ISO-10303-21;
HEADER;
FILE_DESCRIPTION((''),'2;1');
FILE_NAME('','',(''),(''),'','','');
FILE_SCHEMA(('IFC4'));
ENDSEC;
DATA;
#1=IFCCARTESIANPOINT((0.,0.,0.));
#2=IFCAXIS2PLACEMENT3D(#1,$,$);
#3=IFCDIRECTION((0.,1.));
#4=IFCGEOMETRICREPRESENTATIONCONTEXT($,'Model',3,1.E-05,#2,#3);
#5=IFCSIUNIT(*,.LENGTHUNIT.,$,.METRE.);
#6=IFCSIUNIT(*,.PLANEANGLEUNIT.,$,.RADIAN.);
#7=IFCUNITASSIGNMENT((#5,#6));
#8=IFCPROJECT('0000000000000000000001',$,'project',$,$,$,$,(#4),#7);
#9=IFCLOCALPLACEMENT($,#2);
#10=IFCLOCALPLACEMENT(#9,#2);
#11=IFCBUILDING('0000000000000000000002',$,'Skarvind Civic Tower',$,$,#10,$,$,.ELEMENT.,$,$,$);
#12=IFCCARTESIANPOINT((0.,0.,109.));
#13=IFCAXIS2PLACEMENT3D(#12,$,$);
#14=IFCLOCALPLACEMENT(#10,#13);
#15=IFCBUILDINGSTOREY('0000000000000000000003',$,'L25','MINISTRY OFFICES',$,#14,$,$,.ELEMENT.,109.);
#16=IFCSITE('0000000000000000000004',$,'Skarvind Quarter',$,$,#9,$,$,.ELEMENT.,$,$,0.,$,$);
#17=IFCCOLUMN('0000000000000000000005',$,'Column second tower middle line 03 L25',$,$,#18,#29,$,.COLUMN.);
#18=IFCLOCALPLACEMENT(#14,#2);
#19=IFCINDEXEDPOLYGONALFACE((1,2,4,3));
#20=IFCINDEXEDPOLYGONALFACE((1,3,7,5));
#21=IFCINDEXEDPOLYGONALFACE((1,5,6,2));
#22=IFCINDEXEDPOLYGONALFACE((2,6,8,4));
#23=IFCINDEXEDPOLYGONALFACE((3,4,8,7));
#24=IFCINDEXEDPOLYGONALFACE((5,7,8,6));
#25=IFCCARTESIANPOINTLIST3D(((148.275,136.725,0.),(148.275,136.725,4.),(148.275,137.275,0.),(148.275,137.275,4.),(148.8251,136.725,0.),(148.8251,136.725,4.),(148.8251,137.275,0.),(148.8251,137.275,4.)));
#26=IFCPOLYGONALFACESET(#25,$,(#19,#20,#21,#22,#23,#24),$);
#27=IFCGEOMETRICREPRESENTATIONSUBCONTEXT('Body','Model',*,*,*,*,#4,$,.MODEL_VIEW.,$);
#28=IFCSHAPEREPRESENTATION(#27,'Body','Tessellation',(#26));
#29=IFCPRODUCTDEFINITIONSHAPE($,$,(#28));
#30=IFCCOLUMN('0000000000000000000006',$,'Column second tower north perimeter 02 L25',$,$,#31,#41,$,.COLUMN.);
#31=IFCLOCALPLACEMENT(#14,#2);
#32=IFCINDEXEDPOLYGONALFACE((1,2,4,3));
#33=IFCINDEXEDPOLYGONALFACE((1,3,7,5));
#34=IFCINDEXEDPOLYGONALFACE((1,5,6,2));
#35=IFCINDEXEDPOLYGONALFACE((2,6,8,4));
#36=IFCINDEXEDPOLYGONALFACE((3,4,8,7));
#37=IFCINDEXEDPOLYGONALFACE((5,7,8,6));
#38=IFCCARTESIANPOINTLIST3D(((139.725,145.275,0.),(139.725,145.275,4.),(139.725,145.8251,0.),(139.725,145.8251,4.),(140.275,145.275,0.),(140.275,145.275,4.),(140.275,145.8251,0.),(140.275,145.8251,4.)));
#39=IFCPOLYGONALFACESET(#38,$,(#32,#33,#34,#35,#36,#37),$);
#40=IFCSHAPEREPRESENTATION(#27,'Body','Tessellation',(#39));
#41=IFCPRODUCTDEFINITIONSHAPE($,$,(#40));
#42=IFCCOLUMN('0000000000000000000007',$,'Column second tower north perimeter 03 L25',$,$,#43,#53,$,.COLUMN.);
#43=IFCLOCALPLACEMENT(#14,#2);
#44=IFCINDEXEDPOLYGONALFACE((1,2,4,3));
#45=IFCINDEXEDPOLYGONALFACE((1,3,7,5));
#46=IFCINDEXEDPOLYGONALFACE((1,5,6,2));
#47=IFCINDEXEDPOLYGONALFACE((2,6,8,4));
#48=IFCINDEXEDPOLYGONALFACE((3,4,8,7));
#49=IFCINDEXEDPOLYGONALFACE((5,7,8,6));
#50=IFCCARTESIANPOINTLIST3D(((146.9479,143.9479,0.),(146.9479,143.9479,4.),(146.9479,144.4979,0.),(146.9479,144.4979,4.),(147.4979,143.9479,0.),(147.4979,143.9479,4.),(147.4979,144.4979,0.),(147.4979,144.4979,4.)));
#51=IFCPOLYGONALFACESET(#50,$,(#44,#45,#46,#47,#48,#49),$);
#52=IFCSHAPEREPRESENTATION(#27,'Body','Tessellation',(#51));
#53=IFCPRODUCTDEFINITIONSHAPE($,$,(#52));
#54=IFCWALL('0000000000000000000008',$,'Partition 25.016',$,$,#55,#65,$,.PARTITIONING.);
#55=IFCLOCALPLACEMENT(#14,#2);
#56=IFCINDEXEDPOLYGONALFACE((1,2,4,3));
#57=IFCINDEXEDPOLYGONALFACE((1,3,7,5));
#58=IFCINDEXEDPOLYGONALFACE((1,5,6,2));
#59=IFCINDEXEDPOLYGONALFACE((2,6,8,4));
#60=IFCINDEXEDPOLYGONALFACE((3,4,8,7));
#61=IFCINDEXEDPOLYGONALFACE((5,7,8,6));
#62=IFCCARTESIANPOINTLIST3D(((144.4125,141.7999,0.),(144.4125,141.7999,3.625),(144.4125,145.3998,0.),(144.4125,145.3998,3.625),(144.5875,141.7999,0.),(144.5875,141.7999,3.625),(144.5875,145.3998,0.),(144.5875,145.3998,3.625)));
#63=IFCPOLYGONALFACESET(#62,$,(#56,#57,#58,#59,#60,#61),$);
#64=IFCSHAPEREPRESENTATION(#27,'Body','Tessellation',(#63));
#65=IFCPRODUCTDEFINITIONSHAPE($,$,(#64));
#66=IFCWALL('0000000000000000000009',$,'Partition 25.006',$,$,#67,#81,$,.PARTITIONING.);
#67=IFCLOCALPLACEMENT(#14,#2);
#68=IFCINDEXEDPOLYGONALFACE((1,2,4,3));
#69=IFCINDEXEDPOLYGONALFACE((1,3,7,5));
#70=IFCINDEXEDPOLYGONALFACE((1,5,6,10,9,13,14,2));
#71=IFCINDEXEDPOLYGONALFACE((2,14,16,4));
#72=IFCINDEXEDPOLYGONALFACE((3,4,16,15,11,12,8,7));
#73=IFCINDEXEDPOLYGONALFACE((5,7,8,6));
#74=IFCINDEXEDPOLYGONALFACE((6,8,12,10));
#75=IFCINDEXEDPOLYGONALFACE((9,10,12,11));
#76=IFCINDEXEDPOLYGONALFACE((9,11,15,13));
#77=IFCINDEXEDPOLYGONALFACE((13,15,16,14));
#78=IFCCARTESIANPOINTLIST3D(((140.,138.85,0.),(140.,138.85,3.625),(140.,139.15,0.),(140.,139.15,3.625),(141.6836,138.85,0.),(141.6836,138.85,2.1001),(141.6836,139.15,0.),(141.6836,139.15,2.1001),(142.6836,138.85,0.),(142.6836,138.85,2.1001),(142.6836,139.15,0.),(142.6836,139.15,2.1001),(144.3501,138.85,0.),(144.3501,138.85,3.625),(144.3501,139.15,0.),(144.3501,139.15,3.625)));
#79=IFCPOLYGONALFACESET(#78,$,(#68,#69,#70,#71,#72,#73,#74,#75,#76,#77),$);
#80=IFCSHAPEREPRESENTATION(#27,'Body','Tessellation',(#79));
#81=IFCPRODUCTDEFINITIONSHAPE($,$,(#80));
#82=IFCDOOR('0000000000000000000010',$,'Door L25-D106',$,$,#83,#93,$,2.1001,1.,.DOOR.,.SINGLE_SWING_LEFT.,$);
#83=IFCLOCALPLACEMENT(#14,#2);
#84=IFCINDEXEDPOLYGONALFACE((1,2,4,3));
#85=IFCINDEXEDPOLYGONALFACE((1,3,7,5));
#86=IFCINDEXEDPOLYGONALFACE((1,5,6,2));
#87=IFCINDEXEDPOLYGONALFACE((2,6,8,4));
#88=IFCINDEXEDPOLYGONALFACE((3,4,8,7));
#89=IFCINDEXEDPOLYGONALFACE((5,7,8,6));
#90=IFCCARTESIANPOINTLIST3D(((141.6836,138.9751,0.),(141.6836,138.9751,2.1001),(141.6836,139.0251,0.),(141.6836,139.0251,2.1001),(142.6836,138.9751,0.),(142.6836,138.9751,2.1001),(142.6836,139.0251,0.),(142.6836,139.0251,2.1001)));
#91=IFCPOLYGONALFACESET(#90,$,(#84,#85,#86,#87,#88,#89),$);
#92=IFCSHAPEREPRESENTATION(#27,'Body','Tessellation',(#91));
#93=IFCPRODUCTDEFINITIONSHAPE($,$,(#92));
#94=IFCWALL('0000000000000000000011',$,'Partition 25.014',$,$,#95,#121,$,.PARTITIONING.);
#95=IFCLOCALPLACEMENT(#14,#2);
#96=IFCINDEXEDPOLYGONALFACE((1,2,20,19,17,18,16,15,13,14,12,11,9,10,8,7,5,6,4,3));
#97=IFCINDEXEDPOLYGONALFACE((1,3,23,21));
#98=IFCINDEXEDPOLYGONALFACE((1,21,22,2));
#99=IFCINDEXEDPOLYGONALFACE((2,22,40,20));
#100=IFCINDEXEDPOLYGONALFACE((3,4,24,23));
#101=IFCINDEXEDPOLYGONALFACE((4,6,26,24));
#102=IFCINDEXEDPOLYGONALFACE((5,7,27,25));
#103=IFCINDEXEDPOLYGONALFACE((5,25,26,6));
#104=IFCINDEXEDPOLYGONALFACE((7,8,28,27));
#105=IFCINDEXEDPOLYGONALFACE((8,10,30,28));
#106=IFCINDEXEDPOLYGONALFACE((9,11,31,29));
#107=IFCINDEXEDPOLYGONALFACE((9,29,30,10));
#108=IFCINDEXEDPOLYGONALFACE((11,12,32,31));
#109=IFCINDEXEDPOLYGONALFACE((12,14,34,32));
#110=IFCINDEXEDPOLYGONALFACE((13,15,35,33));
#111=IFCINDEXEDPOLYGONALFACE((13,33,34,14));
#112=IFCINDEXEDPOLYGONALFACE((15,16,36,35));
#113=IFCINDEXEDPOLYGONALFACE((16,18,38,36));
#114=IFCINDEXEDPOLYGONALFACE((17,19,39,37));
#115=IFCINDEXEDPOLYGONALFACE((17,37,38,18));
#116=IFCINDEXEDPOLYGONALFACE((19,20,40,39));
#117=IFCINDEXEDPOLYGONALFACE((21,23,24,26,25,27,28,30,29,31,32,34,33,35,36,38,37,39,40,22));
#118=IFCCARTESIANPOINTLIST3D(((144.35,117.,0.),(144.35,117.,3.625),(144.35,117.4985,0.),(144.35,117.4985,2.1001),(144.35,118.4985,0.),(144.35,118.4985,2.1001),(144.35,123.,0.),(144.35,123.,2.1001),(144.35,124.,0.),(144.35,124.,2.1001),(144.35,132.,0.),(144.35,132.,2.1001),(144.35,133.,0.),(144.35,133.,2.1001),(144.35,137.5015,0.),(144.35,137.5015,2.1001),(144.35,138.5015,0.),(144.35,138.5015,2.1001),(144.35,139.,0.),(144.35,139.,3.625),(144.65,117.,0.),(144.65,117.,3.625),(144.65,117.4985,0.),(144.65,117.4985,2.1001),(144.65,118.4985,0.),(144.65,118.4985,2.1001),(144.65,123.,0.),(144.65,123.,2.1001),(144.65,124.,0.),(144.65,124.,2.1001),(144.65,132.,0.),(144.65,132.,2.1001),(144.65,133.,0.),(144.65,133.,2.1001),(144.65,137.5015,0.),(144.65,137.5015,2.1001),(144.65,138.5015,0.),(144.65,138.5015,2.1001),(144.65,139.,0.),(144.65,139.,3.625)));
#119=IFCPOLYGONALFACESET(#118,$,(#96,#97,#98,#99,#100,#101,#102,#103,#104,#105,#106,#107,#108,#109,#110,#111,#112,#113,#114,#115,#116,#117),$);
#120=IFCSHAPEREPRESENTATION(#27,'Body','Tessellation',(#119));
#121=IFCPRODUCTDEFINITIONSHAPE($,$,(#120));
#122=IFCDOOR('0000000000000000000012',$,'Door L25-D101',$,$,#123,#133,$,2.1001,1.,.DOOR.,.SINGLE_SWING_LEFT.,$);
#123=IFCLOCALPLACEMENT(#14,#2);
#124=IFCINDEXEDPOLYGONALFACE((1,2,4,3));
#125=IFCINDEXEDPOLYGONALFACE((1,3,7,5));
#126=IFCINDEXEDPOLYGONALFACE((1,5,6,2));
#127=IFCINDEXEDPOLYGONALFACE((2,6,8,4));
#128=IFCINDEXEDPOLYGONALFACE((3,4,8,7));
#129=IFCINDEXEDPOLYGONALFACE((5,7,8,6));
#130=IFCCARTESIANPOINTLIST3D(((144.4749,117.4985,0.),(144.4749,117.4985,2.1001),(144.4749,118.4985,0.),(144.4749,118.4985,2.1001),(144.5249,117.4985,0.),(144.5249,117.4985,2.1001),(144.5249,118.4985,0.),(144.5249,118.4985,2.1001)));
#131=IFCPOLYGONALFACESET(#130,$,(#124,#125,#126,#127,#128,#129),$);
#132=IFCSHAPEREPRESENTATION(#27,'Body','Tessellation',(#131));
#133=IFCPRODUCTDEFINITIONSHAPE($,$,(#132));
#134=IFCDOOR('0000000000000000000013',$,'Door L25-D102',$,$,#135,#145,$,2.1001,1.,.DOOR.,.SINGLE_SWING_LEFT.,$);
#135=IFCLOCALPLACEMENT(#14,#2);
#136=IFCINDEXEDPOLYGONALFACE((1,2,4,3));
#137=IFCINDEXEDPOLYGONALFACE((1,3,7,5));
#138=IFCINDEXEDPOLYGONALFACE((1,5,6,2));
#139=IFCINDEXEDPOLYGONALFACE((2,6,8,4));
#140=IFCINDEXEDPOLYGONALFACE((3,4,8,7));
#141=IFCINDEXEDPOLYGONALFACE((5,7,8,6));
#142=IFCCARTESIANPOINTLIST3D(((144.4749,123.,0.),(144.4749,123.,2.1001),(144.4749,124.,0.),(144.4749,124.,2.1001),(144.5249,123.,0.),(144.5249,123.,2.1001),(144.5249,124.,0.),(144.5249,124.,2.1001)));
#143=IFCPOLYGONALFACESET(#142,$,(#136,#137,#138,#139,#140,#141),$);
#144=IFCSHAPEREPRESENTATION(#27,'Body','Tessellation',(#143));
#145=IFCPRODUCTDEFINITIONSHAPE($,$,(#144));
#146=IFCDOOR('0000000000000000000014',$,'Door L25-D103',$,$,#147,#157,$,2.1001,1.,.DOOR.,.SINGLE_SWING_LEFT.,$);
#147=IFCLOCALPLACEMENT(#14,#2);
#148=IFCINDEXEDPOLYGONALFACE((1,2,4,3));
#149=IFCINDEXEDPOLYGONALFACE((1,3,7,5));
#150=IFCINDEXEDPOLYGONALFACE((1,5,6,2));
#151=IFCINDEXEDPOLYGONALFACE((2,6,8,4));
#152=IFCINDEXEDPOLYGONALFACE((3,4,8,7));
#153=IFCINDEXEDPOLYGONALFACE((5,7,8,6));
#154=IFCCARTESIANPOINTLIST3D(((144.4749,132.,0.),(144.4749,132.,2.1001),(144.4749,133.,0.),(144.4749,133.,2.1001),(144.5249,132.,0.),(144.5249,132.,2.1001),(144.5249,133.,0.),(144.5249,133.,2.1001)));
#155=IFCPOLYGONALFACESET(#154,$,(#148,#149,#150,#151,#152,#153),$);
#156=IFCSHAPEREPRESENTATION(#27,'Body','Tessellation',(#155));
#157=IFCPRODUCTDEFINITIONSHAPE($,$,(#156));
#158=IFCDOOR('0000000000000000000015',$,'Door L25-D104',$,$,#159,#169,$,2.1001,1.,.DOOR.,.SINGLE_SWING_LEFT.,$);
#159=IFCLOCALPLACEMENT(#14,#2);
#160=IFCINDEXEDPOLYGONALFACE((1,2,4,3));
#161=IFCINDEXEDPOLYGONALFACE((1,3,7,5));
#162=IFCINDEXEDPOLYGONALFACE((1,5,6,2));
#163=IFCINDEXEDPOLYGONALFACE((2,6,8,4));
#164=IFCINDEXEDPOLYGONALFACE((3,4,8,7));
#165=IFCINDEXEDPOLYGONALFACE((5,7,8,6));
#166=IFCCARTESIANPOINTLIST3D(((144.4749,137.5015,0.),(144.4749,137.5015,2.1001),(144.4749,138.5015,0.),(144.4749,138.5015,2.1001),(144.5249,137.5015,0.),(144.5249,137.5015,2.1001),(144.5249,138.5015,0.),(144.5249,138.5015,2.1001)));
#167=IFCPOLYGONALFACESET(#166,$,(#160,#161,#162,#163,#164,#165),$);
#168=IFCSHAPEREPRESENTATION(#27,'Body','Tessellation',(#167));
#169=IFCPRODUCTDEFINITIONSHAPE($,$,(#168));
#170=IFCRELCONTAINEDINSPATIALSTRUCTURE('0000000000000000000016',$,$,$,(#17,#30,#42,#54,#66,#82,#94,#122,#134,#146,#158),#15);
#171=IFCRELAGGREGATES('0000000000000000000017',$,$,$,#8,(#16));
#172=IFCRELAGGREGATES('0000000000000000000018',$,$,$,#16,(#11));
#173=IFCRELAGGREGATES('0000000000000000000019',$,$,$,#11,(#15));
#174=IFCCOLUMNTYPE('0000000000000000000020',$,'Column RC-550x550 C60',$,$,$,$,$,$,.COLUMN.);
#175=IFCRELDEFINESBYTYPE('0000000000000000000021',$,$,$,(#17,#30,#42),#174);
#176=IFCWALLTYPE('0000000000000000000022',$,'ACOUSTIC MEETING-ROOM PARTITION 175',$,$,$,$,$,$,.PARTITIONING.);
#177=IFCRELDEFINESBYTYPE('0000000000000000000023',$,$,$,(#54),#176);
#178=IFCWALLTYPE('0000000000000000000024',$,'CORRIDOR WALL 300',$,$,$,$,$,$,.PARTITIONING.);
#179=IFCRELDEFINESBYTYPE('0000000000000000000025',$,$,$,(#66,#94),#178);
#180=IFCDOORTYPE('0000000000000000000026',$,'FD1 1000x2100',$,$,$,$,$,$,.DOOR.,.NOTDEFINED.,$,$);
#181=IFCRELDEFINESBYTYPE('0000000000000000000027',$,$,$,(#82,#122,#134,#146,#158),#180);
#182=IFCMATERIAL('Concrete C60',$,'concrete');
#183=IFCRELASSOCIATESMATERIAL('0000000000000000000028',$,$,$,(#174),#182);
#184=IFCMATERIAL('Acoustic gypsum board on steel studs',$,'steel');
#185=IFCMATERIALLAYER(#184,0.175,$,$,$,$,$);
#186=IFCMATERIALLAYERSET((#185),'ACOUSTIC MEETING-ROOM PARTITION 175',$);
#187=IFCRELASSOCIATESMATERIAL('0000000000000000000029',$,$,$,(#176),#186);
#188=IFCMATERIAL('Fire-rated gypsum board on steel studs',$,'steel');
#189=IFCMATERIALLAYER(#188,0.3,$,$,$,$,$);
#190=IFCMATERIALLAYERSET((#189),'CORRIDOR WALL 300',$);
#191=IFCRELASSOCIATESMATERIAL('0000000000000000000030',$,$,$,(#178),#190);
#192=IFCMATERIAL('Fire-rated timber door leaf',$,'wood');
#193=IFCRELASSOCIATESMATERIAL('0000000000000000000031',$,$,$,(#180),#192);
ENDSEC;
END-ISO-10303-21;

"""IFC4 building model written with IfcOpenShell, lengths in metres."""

from ifc_helpers import new_model, si_unit, direction, frame, frame_2d, origin, origin_2d, place, context, subcontext, project, spatial, rectangle, extrude, material, layer, layer_set, material_profile, profile_set, type_object, element, fill, save


model = new_model("IFC4")

# Units and contexts
model_context = context("Model", 3, precision=1e-05, world=origin(), true_north=direction((0.0, 1.0)))
body_context = subcontext(model_context, "Body", "Model", "MODEL_VIEW")
ifc_project = project(units=[si_unit("LENGTHUNIT", "METRE"), si_unit("PLANEANGLEUNIT", "RADIAN")], contexts=[model_context])

# Site, building, storey
site_placement = place(None, origin())
site = spatial("IfcSite", under=ifc_project, at=site_placement, Name="Skarvind Quarter", CompositionType="ELEMENT", RefElevation=0.0)
building_placement = place(site_placement, origin())
building = spatial("IfcBuilding", under=site, at=building_placement, Name="Skarvind Civic Tower", CompositionType="ELEMENT")
storey_placement = place(building_placement, frame((0.0, 0.0, 109.0)))
storey = spatial("IfcBuildingStorey", under=building, at=storey_placement, Name="L25", Description="MINISTRY OFFICES", CompositionType="ELEMENT", Elevation=109.0)

# Columns
ifc_material_1 = material(Name="Concrete C60", Category="concrete")
ifc_material_profile = material_profile(ifc_material_1, rectangle(XDim=0.55, YDim=0.55, at=origin_2d()), Name="RC-550x550")
ifc_profile_set = profile_set([ifc_material_profile], Name="Concrete C60")
column_type = type_object("IfcColumnType", Name="Column RC-550x550 C60", PredefinedType="COLUMN", material=ifc_profile_set)
for number, where, z_axis, x_axis, name in (
    (1, (148.55, 137.0, 0.0), (0.0, 0.0, 1.0), (1.0, 0.0, 0.0), "Column second tower middle line 03 L25"),
    (2, (140.0, 145.55, 0.0), (0.0, 0.0, 1.0), (1.0, 0.0, 0.0), "Column second tower north perimeter 02 L25"),
    (3, (147.2229, 144.2229, 0.0), (0.0, 0.0, 1.0), (1.0, 0.0, 0.0), "Column second tower north perimeter 03 L25"),
):
    element("IfcColumn", number, at=place(storey_placement, frame(where, z_axis=z_axis, x_axis=x_axis)), inside=storey, type_object=column_type, Name=name, PredefinedType="COLUMN", context=body_context, shape_type="SweptSolid", body=[
        extrude(rectangle(XDim=0.55, YDim=0.55, at=origin_2d()), origin(), (0.0, 0.0, 1.0), 4.0),
    ])

# Wall
ifc_material_2 = material(Name="Acoustic gypsum board on steel studs", Category="steel")
ifc_layer_1 = layer(ifc_material_2, 0.175)
ifc_layer_set_1 = layer_set([ifc_layer_1], Name="ACOUSTIC MEETING-ROOM PARTITION 175")
wall_type_1 = type_object("IfcWallType", Name="ACOUSTIC MEETING-ROOM PARTITION 175", PredefinedType="PARTITIONING", material=ifc_layer_set_1)
wall_1_placement = place(storey_placement, frame((144.5, 141.8, 0.0), z_axis=(0.0, 0.0, 1.0), x_axis=(0.0, 1.0, 0.0)))
element("IfcWall", 4, at=wall_1_placement, inside=storey, type_object=wall_type_1, Name="Partition 25.016", PredefinedType="PARTITIONING", context=body_context, shape_type="SweptSolid", body=[
    extrude(rectangle(XDim=3.5999, YDim=0.175, at=frame_2d((1.7998, 0.0))), origin(), (0.0, 0.0, 1.0), 3.625),
])

# Wall, opening, door
ifc_material_3 = material(Name="Fire-rated gypsum board on steel studs", Category="steel")
ifc_layer_2 = layer(ifc_material_3, 0.3)
ifc_layer_set_2 = layer_set([ifc_layer_2], Name="CORRIDOR WALL 300")
wall_type_2 = type_object("IfcWallType", Name="CORRIDOR WALL 300", PredefinedType="PARTITIONING", material=ifc_layer_set_2)
wall_2_placement = place(storey_placement, frame((144.3501, 139.0, 0.0), z_axis=(0.0, 0.0, 1.0), x_axis=(-1.0, 0.0, 0.0)))
wall_2 = element("IfcWall", 5, at=wall_2_placement, inside=storey, type_object=wall_type_2, Name="Partition 25.006", PredefinedType="PARTITIONING", context=body_context, shape_type="SweptSolid", body=[
    extrude(rectangle(XDim=4.3501, YDim=0.3, at=frame_2d((2.175, 0.0))), origin(), (0.0, 0.0, 1.0), 3.625),
])
opening_1_placement = place(wall_2_placement, frame((1.6665, 0.0, 0.0)))
opening_1 = element("IfcOpeningElement", 6, at=opening_1_placement, cuts=wall_2, PredefinedType="OPENING", context=body_context, shape_type="SweptSolid", body=[
    extrude(rectangle(XDim=1.0, YDim=2.1001, at=frame_2d((0.5, 1.05))), frame((0.0, 0.1599, 0.0), z_axis=(0.0, -1.0, 0.0), x_axis=(1.0, 0.0, 0.0)), (0.0, 0.0, 1.0), 0.3201),
])
ifc_material_4 = material(Name="Fire-rated timber door leaf", Category="wood")
door_type = type_object("IfcDoorType", Name="FD1 1000x2100", OperationType="NOTDEFINED", PredefinedType="DOOR", material=ifc_material_4)
door_1_placement = place(opening_1_placement, origin())
door_1 = element("IfcDoor", 7, at=door_1_placement, inside=storey, type_object=door_type, Name="Door L25-D106", OperationType="SINGLE_SWING_LEFT", OverallHeight=2.1001, OverallWidth=1.0, PredefinedType="DOOR", context=body_context, shape_type="SweptSolid", body=[
    extrude(rectangle(XDim=1.0, YDim=2.1001, at=frame_2d((0.5, 1.05))), frame((0.0, 0.0249, 0.0), z_axis=(0.0, -1.0, 0.0), x_axis=(1.0, 0.0, 0.0)), (0.0, 0.0, 1.0), 0.05),
])
fill(opening_1, door_1)

# Wall, openings, doors
wall_3_placement = place(storey_placement, frame((144.5, 139.0, 0.0), z_axis=(0.0, 0.0, 1.0), x_axis=(0.0, -1.0, 0.0)))
wall_3 = element("IfcWall", 8, at=wall_3_placement, inside=storey, type_object=wall_type_2, Name="Partition 25.014", PredefinedType="PARTITIONING", context=body_context, shape_type="SweptSolid", body=[
    extrude(rectangle(XDim=22.0, YDim=0.3, at=frame_2d((11.0, 0.0))), origin(), (0.0, 0.0, 1.0), 3.625),
])
opening_2_placement = place(wall_3_placement, frame((20.5015, 0.0, 0.0)))
opening_2 = element("IfcOpeningElement", 9, at=opening_2_placement, cuts=wall_3, PredefinedType="OPENING", context=body_context, shape_type="SweptSolid", body=[
    extrude(rectangle(XDim=1.0, YDim=2.1001, at=frame_2d((0.5, 1.05))), frame((0.0, 0.1599, 0.0), z_axis=(0.0, -1.0, 0.0), x_axis=(1.0, 0.0, 0.0)), (0.0, 0.0, 1.0), 0.3201),
])
opening_3_placement = place(wall_3_placement, frame((15.0, 0.0, 0.0)))
opening_3 = element("IfcOpeningElement", 10, at=opening_3_placement, cuts=wall_3, PredefinedType="OPENING", context=body_context, shape_type="SweptSolid", body=[
    extrude(rectangle(XDim=1.0, YDim=2.1001, at=frame_2d((0.5, 1.05))), frame((0.0, 0.1599, 0.0), z_axis=(0.0, -1.0, 0.0), x_axis=(1.0, 0.0, 0.0)), (0.0, 0.0, 1.0), 0.3201),
])
opening_4_placement = place(wall_3_placement, frame((6.0, 0.0, 0.0)))
opening_4 = element("IfcOpeningElement", 11, at=opening_4_placement, cuts=wall_3, PredefinedType="OPENING", context=body_context, shape_type="SweptSolid", body=[
    extrude(rectangle(XDim=1.0, YDim=2.1001, at=frame_2d((0.5, 1.05))), frame((0.0, 0.1599, 0.0), z_axis=(0.0, -1.0, 0.0), x_axis=(1.0, 0.0, 0.0)), (0.0, 0.0, 1.0), 0.3201),
])
opening_5_placement = place(wall_3_placement, frame((0.4985, 0.0, 0.0)))
opening_5 = element("IfcOpeningElement", 12, at=opening_5_placement, cuts=wall_3, PredefinedType="OPENING", context=body_context, shape_type="SweptSolid", body=[
    extrude(rectangle(XDim=1.0, YDim=2.1001, at=frame_2d((0.5, 1.05))), frame((0.0, 0.1599, 0.0), z_axis=(0.0, -1.0, 0.0), x_axis=(1.0, 0.0, 0.0)), (0.0, 0.0, 1.0), 0.3201),
])
door_2_placement = place(opening_2_placement, origin())
door_2 = element("IfcDoor", 13, at=door_2_placement, inside=storey, type_object=door_type, Name="Door L25-D101", OperationType="SINGLE_SWING_LEFT", OverallHeight=2.1001, OverallWidth=1.0, PredefinedType="DOOR", context=body_context, shape_type="SweptSolid", body=[
    extrude(rectangle(XDim=1.0, YDim=2.1001, at=frame_2d((0.5, 1.05))), frame((0.0, 0.0249, 0.0), z_axis=(0.0, -1.0, 0.0), x_axis=(1.0, 0.0, 0.0)), (0.0, 0.0, 1.0), 0.05),
])
fill(opening_2, door_2)
door_3_placement = place(opening_3_placement, origin())
door_3 = element("IfcDoor", 14, at=door_3_placement, inside=storey, type_object=door_type, Name="Door L25-D102", OperationType="SINGLE_SWING_LEFT", OverallHeight=2.1001, OverallWidth=1.0, PredefinedType="DOOR", context=body_context, shape_type="SweptSolid", body=[
    extrude(rectangle(XDim=1.0, YDim=2.1001, at=frame_2d((0.5, 1.05))), frame((0.0, 0.0249, 0.0), z_axis=(0.0, -1.0, 0.0), x_axis=(1.0, 0.0, 0.0)), (0.0, 0.0, 1.0), 0.05),
])
fill(opening_3, door_3)
door_4_placement = place(opening_4_placement, origin())
door_4 = element("IfcDoor", 15, at=door_4_placement, inside=storey, type_object=door_type, Name="Door L25-D103", OperationType="SINGLE_SWING_LEFT", OverallHeight=2.1001, OverallWidth=1.0, PredefinedType="DOOR", context=body_context, shape_type="SweptSolid", body=[
    extrude(rectangle(XDim=1.0, YDim=2.1001, at=frame_2d((0.5, 1.05))), frame((0.0, 0.0249, 0.0), z_axis=(0.0, -1.0, 0.0), x_axis=(1.0, 0.0, 0.0)), (0.0, 0.0, 1.0), 0.05),
])
fill(opening_4, door_4)
door_5_placement = place(opening_5_placement, origin())
door_5 = element("IfcDoor", 16, at=door_5_placement, inside=storey, type_object=door_type, Name="Door L25-D104", OperationType="SINGLE_SWING_LEFT", OverallHeight=2.1001, OverallWidth=1.0, PredefinedType="DOOR", context=body_context, shape_type="SweptSolid", body=[
    extrude(rectangle(XDim=1.0, YDim=2.1001, at=frame_2d((0.5, 1.05))), frame((0.0, 0.0249, 0.0), z_axis=(0.0, -1.0, 0.0), x_axis=(1.0, 0.0, 0.0)), (0.0, 0.0, 1.0), 0.05),
])
fill(opening_5, door_5)

save(model, "model.ifc")
